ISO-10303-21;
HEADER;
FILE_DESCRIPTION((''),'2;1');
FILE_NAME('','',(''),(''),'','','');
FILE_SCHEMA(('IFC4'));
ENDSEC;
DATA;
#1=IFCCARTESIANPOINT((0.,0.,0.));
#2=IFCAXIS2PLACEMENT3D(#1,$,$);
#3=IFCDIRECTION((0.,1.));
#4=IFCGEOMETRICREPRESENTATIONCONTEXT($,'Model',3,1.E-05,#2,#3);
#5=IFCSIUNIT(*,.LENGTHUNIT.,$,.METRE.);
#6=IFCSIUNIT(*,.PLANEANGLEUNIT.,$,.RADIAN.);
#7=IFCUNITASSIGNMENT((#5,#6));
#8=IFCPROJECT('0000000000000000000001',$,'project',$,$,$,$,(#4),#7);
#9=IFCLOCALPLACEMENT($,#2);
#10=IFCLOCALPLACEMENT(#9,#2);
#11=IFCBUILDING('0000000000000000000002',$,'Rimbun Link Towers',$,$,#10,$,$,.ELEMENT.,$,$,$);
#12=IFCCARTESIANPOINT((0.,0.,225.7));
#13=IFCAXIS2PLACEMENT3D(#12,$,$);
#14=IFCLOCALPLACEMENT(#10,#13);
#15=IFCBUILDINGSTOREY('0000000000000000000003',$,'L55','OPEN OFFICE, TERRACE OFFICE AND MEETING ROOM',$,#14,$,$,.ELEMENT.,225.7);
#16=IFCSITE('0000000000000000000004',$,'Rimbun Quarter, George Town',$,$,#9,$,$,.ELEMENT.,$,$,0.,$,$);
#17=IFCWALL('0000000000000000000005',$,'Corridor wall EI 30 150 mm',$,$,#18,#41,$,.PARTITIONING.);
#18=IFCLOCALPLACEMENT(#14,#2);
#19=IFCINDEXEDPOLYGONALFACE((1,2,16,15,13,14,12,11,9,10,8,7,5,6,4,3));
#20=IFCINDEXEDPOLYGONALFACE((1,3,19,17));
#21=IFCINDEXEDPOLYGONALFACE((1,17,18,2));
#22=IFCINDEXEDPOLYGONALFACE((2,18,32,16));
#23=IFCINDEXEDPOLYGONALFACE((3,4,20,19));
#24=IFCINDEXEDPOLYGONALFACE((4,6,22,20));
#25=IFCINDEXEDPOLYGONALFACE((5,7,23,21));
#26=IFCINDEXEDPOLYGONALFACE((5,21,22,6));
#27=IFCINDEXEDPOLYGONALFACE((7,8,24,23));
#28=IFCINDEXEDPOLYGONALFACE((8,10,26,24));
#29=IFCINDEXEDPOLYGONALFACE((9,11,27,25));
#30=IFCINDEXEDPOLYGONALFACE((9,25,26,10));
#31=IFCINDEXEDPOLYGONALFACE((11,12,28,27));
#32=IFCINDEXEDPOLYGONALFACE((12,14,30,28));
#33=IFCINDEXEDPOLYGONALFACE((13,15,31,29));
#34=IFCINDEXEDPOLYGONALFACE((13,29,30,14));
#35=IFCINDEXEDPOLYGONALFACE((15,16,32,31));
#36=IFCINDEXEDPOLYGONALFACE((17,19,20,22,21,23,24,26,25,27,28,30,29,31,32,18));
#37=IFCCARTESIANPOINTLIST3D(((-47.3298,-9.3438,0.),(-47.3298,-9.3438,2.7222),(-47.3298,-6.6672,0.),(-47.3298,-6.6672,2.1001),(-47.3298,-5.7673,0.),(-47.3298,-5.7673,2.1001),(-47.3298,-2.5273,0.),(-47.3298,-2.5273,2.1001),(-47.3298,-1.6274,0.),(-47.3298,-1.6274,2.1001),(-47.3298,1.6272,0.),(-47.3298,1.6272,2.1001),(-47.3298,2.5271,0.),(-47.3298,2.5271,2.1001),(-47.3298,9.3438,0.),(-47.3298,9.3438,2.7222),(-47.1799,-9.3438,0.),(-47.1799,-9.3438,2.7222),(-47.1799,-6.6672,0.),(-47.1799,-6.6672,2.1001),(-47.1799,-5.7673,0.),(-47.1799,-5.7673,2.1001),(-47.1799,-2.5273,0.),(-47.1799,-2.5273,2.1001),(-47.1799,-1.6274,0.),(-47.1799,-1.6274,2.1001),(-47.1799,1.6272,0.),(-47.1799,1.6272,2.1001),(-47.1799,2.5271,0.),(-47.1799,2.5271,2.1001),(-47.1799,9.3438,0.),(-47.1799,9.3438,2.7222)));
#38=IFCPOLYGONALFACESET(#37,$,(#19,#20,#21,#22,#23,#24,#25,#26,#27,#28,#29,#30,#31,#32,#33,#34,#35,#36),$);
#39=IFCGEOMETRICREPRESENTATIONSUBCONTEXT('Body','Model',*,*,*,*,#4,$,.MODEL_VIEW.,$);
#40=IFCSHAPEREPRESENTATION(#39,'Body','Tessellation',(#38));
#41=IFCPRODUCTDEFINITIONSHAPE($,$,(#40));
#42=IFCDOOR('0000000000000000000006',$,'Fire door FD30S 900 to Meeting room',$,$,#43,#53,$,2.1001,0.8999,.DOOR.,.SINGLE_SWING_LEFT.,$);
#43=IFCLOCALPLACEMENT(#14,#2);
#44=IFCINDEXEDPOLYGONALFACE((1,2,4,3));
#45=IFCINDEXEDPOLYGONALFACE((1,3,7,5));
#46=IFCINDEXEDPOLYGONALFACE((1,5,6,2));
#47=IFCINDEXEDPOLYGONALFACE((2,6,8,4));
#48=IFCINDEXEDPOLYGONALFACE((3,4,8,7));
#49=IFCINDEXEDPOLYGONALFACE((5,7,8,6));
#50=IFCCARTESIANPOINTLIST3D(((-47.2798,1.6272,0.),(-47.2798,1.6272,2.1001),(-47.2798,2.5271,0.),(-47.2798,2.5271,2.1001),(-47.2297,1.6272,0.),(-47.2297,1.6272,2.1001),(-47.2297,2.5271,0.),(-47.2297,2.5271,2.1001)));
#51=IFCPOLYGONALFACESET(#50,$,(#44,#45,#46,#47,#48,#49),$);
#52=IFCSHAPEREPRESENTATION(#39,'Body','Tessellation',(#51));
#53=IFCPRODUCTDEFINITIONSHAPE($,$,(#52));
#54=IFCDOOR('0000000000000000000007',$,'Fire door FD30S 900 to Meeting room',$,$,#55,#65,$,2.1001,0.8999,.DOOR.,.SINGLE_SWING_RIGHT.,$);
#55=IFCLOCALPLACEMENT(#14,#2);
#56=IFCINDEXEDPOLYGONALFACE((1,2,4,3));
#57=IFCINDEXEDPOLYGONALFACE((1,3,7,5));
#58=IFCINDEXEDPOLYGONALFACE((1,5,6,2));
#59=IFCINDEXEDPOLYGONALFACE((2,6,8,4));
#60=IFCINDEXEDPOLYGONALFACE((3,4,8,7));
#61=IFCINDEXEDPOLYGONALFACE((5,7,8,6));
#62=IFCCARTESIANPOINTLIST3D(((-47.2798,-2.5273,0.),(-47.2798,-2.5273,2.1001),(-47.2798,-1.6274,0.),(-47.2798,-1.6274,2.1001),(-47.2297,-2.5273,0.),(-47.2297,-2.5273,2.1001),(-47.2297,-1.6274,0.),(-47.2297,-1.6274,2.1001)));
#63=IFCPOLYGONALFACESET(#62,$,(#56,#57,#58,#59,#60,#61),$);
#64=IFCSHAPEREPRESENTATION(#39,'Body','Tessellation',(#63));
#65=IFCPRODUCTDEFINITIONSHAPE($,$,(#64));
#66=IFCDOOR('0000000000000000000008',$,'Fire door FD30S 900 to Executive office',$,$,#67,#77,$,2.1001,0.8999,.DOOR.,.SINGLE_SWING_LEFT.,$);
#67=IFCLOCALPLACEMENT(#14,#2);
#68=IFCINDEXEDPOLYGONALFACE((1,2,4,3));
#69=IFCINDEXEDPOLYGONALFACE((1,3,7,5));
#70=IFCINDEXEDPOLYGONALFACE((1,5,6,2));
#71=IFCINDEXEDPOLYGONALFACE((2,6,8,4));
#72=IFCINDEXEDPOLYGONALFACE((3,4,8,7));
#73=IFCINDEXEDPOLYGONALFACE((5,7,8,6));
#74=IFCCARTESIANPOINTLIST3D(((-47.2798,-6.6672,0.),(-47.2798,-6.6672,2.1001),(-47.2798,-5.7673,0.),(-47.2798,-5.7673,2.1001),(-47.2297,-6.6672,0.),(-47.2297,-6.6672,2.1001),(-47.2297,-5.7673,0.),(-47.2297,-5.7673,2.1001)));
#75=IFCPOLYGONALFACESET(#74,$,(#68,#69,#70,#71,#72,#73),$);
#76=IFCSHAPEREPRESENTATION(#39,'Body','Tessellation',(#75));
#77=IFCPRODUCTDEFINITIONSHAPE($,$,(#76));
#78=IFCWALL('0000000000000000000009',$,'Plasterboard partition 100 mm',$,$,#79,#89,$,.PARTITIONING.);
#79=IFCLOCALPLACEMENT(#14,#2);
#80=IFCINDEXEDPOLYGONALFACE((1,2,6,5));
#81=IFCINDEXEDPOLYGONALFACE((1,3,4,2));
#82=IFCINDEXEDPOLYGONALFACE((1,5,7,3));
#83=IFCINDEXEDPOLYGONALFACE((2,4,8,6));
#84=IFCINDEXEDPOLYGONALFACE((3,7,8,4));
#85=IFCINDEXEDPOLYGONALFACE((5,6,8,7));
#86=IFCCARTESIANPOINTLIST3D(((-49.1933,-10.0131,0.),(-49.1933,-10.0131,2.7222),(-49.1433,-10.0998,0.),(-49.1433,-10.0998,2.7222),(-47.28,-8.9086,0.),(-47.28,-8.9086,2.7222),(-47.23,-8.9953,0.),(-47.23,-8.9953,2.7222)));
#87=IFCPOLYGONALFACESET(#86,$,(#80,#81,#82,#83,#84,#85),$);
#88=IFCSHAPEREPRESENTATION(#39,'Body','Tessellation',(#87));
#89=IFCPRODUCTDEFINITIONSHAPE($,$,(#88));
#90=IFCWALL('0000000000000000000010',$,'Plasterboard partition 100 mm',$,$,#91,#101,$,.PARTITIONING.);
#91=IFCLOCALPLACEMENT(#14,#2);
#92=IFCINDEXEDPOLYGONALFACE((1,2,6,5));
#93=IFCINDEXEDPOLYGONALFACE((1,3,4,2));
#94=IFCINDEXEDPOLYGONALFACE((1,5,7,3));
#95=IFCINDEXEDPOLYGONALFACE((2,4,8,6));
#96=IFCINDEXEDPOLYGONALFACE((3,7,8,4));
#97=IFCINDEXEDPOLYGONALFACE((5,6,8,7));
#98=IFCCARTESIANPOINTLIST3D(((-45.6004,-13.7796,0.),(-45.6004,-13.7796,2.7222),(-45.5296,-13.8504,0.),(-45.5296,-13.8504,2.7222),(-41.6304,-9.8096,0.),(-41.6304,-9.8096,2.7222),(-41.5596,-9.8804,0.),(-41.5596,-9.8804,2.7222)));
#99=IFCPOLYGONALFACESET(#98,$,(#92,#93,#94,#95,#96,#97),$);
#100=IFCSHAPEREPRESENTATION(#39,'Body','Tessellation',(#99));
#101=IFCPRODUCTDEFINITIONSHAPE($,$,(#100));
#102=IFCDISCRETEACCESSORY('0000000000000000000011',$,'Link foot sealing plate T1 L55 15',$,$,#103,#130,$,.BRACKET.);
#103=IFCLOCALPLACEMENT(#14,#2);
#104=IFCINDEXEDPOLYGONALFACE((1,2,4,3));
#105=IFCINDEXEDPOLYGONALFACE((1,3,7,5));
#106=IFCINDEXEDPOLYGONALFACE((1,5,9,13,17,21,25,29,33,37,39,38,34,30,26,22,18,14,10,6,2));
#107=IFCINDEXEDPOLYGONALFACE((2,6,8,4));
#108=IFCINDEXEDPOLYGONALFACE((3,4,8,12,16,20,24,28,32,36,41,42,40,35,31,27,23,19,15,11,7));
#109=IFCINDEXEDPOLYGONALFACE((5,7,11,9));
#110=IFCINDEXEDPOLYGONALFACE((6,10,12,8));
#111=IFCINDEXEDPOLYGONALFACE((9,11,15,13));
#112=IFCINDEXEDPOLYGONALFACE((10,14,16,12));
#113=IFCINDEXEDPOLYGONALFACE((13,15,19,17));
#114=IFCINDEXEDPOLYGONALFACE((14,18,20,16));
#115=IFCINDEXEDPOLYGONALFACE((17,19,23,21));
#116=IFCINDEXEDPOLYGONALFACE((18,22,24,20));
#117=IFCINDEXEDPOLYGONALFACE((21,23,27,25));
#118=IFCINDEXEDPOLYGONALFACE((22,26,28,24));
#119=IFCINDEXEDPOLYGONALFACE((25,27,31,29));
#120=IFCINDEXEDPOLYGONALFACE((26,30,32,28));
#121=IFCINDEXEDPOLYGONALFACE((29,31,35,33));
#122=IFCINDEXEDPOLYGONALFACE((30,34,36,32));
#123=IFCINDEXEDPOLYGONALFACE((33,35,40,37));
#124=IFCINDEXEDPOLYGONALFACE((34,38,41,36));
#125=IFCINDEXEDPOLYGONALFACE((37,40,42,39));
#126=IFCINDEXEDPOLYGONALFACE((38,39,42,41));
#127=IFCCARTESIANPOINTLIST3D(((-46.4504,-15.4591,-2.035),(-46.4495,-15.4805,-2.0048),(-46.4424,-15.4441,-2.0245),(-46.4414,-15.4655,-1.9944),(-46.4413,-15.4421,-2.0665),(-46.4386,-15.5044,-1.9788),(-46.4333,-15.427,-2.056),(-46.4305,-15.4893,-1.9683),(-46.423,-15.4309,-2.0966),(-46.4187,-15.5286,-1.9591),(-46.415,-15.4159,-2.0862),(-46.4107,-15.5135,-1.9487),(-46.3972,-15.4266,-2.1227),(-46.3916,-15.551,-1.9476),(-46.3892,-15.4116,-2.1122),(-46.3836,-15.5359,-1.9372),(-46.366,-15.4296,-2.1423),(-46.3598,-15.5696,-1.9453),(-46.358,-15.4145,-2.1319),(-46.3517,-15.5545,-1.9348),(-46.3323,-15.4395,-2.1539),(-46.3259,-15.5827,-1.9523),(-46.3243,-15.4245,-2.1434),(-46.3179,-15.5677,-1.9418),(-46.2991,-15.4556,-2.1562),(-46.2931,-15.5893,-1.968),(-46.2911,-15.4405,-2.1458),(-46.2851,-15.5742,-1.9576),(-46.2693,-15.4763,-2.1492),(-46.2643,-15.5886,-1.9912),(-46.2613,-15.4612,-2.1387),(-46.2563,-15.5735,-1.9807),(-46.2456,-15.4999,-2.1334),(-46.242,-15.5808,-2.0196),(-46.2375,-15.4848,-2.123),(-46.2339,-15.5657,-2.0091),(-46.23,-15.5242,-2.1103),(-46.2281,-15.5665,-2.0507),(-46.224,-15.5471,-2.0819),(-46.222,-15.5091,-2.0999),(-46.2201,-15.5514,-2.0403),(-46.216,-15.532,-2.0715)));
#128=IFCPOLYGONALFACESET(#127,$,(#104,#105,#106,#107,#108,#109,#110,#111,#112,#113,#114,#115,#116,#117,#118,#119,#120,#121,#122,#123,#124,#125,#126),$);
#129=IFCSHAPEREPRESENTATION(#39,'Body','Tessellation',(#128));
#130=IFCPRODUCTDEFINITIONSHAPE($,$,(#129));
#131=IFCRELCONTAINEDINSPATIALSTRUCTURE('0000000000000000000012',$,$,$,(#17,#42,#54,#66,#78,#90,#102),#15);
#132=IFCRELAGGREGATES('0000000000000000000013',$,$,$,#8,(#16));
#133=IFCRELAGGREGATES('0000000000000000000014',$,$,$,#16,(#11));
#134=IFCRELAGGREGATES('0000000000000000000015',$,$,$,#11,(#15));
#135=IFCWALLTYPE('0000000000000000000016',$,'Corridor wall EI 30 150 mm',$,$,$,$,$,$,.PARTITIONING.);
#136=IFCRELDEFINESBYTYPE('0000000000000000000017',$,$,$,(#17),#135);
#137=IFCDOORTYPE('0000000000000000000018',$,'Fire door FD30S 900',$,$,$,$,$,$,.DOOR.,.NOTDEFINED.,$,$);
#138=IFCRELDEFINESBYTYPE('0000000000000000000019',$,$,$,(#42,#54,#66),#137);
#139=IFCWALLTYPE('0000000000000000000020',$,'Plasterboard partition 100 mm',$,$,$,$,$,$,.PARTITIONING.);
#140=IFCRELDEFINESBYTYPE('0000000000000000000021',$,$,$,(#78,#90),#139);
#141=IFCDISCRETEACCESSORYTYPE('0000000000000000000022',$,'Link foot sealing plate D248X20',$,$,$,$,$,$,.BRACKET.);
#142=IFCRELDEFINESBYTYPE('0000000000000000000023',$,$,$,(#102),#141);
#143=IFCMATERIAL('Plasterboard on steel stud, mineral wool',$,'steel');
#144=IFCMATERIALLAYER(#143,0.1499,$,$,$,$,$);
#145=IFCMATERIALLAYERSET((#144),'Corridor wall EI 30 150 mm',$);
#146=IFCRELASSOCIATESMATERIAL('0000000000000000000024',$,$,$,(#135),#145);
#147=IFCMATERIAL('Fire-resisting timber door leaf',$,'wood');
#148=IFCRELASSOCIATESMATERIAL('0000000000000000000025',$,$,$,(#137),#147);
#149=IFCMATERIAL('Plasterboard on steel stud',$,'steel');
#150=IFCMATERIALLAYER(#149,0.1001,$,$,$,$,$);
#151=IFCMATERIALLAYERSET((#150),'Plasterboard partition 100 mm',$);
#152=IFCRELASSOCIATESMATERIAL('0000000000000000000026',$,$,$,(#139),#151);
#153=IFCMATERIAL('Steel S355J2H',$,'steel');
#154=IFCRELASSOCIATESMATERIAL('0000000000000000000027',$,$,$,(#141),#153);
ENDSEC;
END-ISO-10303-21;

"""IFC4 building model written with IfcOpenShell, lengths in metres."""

from ifc_helpers import new_model, si_unit, direction, frame, frame_2d, origin, origin_2d, place, context, subcontext, project, spatial, rectangle, circle, extrude, material, layer, layer_set, material_profile, profile_set, type_object, element, fill, save


model = new_model("IFC4")

# Units and contexts
model_context = context("Model", 3, precision=1e-05, world=origin(), true_north=direction((0.0, 1.0)))
body_context = subcontext(model_context, "Body", "Model", "MODEL_VIEW")
ifc_project = project(units=[si_unit("LENGTHUNIT", "METRE"), si_unit("PLANEANGLEUNIT", "RADIAN")], contexts=[model_context])

# Site, building, storey
site_placement = place(None, origin())
site = spatial("IfcSite", under=ifc_project, at=site_placement, Name="Rimbun Quarter, George Town", CompositionType="ELEMENT", RefElevation=0.0)
building_placement = place(site_placement, origin())
building = spatial("IfcBuilding", under=site, at=building_placement, Name="Rimbun Link Towers", CompositionType="ELEMENT")
storey_placement = place(building_placement, frame((0.0, 0.0, 225.7)))
storey = spatial("IfcBuildingStorey", under=building, at=storey_placement, Name="L55", Description="OPEN OFFICE, TERRACE OFFICE AND MEETING ROOM", CompositionType="ELEMENT", Elevation=225.7)

# Shared definitions
ifc_material_1 = material(Name="Plasterboard on steel stud, mineral wool", Category="steel")
ifc_layer_1 = layer(ifc_material_1, 0.1499)
ifc_layer_set_1 = layer_set([ifc_layer_1], Name="Corridor wall EI 30 150 mm")
wall_type_1 = type_object("IfcWallType", Name="Corridor wall EI 30 150 mm", PredefinedType="PARTITIONING", material=ifc_layer_set_1)

# Wall, openings, doors
wall_1_placement = place(storey_placement, frame((-47.2549, -9.3438, 0.0), z_axis=(0.0, 0.0, 1.0), x_axis=(0.0, 1.0, 0.0)))
wall_1 = element("IfcWall", 1, at=wall_1_placement, inside=storey, type_object=wall_type_1, Name="Corridor wall EI 30 150 mm", PredefinedType="PARTITIONING", context=body_context, shape_type="SweptSolid", body=[
    extrude(rectangle(XDim=18.6875, YDim=0.1499, at=frame_2d((9.3438, 0.0))), origin(), (0.0, 0.0, 1.0), 2.7222),
])
opening_1_placement = place(wall_1_placement, frame((10.9709, 0.0, 0.0)))
opening_1 = element("IfcOpeningElement", 2, at=opening_1_placement, cuts=wall_1, PredefinedType="OPENING", context=body_context, shape_type="SweptSolid", body=[
    extrude(rectangle(XDim=0.8999, YDim=2.1001, at=frame_2d((0.45, 1.05))), frame((0.0, 0.085, 0.0), z_axis=(0.0, -1.0, 0.0), x_axis=(1.0, 0.0, 0.0)), (0.0, 0.0, 1.0), 0.1699),
])
opening_2_placement = place(wall_1_placement, frame((6.8164, 0.0, 0.0)))
opening_2 = element("IfcOpeningElement", 3, at=opening_2_placement, cuts=wall_1, PredefinedType="OPENING", context=body_context, shape_type="SweptSolid", body=[
    extrude(rectangle(XDim=0.8999, YDim=2.1001, at=frame_2d((0.45, 1.05))), frame((0.0, 0.085, 0.0), z_axis=(0.0, -1.0, 0.0), x_axis=(1.0, 0.0, 0.0)), (0.0, 0.0, 1.0), 0.1699),
])
opening_3_placement = place(wall_1_placement, frame((2.6765, 0.0, 0.0)))
opening_3 = element("IfcOpeningElement", 4, at=opening_3_placement, cuts=wall_1, PredefinedType="OPENING", context=body_context, shape_type="SweptSolid", body=[
    extrude(rectangle(XDim=0.8999, YDim=2.1001, at=frame_2d((0.45, 1.05))), frame((0.0, 0.085, 0.0), z_axis=(0.0, -1.0, 0.0), x_axis=(1.0, 0.0, 0.0)), (0.0, 0.0, 1.0), 0.1699),
])
ifc_material_2 = material(Name="Fire-resisting timber door leaf", Category="wood")
door_type = type_object("IfcDoorType", Name="Fire door FD30S 900", OperationType="NOTDEFINED", PredefinedType="DOOR", material=ifc_material_2)
door_1_placement = place(opening_1_placement, origin())
door_1 = element("IfcDoor", 5, at=door_1_placement, inside=storey, type_object=door_type, Name="Fire door FD30S 900 to Meeting room", OperationType="SINGLE_SWING_LEFT", OverallHeight=2.1001, OverallWidth=0.8999, PredefinedType="DOOR", context=body_context, shape_type="SweptSolid", body=[
    extrude(rectangle(XDim=0.8999, YDim=2.1001, at=frame_2d((0.45, 1.05))), frame((0.0, 0.0249, 0.0), z_axis=(0.0, -1.0, 0.0), x_axis=(1.0, 0.0, 0.0)), (0.0, 0.0, 1.0), 0.05),
])
fill(opening_1, door_1)
door_2_placement = place(opening_2_placement, origin())
door_2 = element("IfcDoor", 6, at=door_2_placement, inside=storey, type_object=door_type, Name="Fire door FD30S 900 to Meeting room", OperationType="SINGLE_SWING_RIGHT", OverallHeight=2.1001, OverallWidth=0.8999, PredefinedType="DOOR", context=body_context, shape_type="SweptSolid", body=[
    extrude(rectangle(XDim=0.8999, YDim=2.1001, at=frame_2d((0.45, 1.05))), frame((0.0, 0.0249, 0.0), z_axis=(0.0, -1.0, 0.0), x_axis=(1.0, 0.0, 0.0)), (0.0, 0.0, 1.0), 0.05),
])
fill(opening_2, door_2)
door_3_placement = place(opening_3_placement, origin())
door_3 = element("IfcDoor", 7, at=door_3_placement, inside=storey, type_object=door_type, Name="Fire door FD30S 900 to Executive office", OperationType="SINGLE_SWING_LEFT", OverallHeight=2.1001, OverallWidth=0.8999, PredefinedType="DOOR", context=body_context, shape_type="SweptSolid", body=[
    extrude(rectangle(XDim=0.8999, YDim=2.1001, at=frame_2d((0.45, 1.05))), frame((0.0, 0.0249, 0.0), z_axis=(0.0, -1.0, 0.0), x_axis=(1.0, 0.0, 0.0)), (0.0, 0.0, 1.0), 0.05),
])
fill(opening_3, door_3)

# Walls
ifc_material_3 = material(Name="Plasterboard on steel stud", Category="steel")
ifc_layer_2 = layer(ifc_material_3, 0.1001)
ifc_layer_set_2 = layer_set([ifc_layer_2], Name="Plasterboard partition 100 mm")
wall_type_2 = type_object("IfcWallType", Name="Plasterboard partition 100 mm", PredefinedType="PARTITIONING", material=ifc_layer_set_2)
wall_2_placement = place(storey_placement, frame((-49.1682, -10.0564, 0.0), z_axis=(0.0, 0.0, 1.0), x_axis=(0.866059, 0.499942, 0.0)))
element("IfcWall", 8, at=wall_2_placement, inside=storey, type_object=wall_type_2, Name="Plasterboard partition 100 mm", PredefinedType="PARTITIONING", context=body_context, shape_type="SweptSolid", body=[
    extrude(rectangle(XDim=2.2092, YDim=0.1001, at=frame_2d((1.1045, 0.0))), origin(), (0.0, 0.0, 1.0), 2.7222),
])
wall_3_placement = place(storey_placement, frame((-45.5649, -13.8149, 0.0), z_axis=(0.0, 0.0, 1.0), x_axis=(0.707107, 0.707107, 0.0)))
element("IfcWall", 9, at=wall_3_placement, inside=storey, type_object=wall_type_2, Name="Plasterboard partition 100 mm", PredefinedType="PARTITIONING", context=body_context, shape_type="SweptSolid", body=[
    extrude(rectangle(XDim=5.6145, YDim=0.1001, at=frame_2d((2.8071, 0.0))), origin(), (0.0, 0.0, 1.0), 2.7222),
])

# Discrete accessory
ifc_material_4 = material(Name="Steel S355J2H", Category="steel")
ifc_material_profile_1 = material_profile(ifc_material_4, circle(Radius=0.124, at=origin_2d()), Name="PL D248")
ifc_profile_set_1 = profile_set([ifc_material_profile_1], Name="Steel S355J2H")
discrete_accessory_type = type_object("IfcDiscreteAccessoryType", Name="Link foot sealing plate D248X20", PredefinedType="BRACKET", material=ifc_profile_set_1)
discrete_accessory_placement = place(storey_placement, frame((-46.3296, -15.4932, -2.0403), z_axis=(-0.400714, -0.752858, -0.522143), x_axis=(0.882747, -0.469849, 0.0)))
element("IfcDiscreteAccessory", 10, at=discrete_accessory_placement, inside=storey, type_object=discrete_accessory_type, Name="Link foot sealing plate T1 L55 15", PredefinedType="BRACKET", context=body_context, shape_type="SweptSolid", body=[
    extrude(circle(Radius=0.124, at=origin_2d()), origin(), (0.0, 0.0, 1.0), 0.02),
])

save(model, "model.ifc")
